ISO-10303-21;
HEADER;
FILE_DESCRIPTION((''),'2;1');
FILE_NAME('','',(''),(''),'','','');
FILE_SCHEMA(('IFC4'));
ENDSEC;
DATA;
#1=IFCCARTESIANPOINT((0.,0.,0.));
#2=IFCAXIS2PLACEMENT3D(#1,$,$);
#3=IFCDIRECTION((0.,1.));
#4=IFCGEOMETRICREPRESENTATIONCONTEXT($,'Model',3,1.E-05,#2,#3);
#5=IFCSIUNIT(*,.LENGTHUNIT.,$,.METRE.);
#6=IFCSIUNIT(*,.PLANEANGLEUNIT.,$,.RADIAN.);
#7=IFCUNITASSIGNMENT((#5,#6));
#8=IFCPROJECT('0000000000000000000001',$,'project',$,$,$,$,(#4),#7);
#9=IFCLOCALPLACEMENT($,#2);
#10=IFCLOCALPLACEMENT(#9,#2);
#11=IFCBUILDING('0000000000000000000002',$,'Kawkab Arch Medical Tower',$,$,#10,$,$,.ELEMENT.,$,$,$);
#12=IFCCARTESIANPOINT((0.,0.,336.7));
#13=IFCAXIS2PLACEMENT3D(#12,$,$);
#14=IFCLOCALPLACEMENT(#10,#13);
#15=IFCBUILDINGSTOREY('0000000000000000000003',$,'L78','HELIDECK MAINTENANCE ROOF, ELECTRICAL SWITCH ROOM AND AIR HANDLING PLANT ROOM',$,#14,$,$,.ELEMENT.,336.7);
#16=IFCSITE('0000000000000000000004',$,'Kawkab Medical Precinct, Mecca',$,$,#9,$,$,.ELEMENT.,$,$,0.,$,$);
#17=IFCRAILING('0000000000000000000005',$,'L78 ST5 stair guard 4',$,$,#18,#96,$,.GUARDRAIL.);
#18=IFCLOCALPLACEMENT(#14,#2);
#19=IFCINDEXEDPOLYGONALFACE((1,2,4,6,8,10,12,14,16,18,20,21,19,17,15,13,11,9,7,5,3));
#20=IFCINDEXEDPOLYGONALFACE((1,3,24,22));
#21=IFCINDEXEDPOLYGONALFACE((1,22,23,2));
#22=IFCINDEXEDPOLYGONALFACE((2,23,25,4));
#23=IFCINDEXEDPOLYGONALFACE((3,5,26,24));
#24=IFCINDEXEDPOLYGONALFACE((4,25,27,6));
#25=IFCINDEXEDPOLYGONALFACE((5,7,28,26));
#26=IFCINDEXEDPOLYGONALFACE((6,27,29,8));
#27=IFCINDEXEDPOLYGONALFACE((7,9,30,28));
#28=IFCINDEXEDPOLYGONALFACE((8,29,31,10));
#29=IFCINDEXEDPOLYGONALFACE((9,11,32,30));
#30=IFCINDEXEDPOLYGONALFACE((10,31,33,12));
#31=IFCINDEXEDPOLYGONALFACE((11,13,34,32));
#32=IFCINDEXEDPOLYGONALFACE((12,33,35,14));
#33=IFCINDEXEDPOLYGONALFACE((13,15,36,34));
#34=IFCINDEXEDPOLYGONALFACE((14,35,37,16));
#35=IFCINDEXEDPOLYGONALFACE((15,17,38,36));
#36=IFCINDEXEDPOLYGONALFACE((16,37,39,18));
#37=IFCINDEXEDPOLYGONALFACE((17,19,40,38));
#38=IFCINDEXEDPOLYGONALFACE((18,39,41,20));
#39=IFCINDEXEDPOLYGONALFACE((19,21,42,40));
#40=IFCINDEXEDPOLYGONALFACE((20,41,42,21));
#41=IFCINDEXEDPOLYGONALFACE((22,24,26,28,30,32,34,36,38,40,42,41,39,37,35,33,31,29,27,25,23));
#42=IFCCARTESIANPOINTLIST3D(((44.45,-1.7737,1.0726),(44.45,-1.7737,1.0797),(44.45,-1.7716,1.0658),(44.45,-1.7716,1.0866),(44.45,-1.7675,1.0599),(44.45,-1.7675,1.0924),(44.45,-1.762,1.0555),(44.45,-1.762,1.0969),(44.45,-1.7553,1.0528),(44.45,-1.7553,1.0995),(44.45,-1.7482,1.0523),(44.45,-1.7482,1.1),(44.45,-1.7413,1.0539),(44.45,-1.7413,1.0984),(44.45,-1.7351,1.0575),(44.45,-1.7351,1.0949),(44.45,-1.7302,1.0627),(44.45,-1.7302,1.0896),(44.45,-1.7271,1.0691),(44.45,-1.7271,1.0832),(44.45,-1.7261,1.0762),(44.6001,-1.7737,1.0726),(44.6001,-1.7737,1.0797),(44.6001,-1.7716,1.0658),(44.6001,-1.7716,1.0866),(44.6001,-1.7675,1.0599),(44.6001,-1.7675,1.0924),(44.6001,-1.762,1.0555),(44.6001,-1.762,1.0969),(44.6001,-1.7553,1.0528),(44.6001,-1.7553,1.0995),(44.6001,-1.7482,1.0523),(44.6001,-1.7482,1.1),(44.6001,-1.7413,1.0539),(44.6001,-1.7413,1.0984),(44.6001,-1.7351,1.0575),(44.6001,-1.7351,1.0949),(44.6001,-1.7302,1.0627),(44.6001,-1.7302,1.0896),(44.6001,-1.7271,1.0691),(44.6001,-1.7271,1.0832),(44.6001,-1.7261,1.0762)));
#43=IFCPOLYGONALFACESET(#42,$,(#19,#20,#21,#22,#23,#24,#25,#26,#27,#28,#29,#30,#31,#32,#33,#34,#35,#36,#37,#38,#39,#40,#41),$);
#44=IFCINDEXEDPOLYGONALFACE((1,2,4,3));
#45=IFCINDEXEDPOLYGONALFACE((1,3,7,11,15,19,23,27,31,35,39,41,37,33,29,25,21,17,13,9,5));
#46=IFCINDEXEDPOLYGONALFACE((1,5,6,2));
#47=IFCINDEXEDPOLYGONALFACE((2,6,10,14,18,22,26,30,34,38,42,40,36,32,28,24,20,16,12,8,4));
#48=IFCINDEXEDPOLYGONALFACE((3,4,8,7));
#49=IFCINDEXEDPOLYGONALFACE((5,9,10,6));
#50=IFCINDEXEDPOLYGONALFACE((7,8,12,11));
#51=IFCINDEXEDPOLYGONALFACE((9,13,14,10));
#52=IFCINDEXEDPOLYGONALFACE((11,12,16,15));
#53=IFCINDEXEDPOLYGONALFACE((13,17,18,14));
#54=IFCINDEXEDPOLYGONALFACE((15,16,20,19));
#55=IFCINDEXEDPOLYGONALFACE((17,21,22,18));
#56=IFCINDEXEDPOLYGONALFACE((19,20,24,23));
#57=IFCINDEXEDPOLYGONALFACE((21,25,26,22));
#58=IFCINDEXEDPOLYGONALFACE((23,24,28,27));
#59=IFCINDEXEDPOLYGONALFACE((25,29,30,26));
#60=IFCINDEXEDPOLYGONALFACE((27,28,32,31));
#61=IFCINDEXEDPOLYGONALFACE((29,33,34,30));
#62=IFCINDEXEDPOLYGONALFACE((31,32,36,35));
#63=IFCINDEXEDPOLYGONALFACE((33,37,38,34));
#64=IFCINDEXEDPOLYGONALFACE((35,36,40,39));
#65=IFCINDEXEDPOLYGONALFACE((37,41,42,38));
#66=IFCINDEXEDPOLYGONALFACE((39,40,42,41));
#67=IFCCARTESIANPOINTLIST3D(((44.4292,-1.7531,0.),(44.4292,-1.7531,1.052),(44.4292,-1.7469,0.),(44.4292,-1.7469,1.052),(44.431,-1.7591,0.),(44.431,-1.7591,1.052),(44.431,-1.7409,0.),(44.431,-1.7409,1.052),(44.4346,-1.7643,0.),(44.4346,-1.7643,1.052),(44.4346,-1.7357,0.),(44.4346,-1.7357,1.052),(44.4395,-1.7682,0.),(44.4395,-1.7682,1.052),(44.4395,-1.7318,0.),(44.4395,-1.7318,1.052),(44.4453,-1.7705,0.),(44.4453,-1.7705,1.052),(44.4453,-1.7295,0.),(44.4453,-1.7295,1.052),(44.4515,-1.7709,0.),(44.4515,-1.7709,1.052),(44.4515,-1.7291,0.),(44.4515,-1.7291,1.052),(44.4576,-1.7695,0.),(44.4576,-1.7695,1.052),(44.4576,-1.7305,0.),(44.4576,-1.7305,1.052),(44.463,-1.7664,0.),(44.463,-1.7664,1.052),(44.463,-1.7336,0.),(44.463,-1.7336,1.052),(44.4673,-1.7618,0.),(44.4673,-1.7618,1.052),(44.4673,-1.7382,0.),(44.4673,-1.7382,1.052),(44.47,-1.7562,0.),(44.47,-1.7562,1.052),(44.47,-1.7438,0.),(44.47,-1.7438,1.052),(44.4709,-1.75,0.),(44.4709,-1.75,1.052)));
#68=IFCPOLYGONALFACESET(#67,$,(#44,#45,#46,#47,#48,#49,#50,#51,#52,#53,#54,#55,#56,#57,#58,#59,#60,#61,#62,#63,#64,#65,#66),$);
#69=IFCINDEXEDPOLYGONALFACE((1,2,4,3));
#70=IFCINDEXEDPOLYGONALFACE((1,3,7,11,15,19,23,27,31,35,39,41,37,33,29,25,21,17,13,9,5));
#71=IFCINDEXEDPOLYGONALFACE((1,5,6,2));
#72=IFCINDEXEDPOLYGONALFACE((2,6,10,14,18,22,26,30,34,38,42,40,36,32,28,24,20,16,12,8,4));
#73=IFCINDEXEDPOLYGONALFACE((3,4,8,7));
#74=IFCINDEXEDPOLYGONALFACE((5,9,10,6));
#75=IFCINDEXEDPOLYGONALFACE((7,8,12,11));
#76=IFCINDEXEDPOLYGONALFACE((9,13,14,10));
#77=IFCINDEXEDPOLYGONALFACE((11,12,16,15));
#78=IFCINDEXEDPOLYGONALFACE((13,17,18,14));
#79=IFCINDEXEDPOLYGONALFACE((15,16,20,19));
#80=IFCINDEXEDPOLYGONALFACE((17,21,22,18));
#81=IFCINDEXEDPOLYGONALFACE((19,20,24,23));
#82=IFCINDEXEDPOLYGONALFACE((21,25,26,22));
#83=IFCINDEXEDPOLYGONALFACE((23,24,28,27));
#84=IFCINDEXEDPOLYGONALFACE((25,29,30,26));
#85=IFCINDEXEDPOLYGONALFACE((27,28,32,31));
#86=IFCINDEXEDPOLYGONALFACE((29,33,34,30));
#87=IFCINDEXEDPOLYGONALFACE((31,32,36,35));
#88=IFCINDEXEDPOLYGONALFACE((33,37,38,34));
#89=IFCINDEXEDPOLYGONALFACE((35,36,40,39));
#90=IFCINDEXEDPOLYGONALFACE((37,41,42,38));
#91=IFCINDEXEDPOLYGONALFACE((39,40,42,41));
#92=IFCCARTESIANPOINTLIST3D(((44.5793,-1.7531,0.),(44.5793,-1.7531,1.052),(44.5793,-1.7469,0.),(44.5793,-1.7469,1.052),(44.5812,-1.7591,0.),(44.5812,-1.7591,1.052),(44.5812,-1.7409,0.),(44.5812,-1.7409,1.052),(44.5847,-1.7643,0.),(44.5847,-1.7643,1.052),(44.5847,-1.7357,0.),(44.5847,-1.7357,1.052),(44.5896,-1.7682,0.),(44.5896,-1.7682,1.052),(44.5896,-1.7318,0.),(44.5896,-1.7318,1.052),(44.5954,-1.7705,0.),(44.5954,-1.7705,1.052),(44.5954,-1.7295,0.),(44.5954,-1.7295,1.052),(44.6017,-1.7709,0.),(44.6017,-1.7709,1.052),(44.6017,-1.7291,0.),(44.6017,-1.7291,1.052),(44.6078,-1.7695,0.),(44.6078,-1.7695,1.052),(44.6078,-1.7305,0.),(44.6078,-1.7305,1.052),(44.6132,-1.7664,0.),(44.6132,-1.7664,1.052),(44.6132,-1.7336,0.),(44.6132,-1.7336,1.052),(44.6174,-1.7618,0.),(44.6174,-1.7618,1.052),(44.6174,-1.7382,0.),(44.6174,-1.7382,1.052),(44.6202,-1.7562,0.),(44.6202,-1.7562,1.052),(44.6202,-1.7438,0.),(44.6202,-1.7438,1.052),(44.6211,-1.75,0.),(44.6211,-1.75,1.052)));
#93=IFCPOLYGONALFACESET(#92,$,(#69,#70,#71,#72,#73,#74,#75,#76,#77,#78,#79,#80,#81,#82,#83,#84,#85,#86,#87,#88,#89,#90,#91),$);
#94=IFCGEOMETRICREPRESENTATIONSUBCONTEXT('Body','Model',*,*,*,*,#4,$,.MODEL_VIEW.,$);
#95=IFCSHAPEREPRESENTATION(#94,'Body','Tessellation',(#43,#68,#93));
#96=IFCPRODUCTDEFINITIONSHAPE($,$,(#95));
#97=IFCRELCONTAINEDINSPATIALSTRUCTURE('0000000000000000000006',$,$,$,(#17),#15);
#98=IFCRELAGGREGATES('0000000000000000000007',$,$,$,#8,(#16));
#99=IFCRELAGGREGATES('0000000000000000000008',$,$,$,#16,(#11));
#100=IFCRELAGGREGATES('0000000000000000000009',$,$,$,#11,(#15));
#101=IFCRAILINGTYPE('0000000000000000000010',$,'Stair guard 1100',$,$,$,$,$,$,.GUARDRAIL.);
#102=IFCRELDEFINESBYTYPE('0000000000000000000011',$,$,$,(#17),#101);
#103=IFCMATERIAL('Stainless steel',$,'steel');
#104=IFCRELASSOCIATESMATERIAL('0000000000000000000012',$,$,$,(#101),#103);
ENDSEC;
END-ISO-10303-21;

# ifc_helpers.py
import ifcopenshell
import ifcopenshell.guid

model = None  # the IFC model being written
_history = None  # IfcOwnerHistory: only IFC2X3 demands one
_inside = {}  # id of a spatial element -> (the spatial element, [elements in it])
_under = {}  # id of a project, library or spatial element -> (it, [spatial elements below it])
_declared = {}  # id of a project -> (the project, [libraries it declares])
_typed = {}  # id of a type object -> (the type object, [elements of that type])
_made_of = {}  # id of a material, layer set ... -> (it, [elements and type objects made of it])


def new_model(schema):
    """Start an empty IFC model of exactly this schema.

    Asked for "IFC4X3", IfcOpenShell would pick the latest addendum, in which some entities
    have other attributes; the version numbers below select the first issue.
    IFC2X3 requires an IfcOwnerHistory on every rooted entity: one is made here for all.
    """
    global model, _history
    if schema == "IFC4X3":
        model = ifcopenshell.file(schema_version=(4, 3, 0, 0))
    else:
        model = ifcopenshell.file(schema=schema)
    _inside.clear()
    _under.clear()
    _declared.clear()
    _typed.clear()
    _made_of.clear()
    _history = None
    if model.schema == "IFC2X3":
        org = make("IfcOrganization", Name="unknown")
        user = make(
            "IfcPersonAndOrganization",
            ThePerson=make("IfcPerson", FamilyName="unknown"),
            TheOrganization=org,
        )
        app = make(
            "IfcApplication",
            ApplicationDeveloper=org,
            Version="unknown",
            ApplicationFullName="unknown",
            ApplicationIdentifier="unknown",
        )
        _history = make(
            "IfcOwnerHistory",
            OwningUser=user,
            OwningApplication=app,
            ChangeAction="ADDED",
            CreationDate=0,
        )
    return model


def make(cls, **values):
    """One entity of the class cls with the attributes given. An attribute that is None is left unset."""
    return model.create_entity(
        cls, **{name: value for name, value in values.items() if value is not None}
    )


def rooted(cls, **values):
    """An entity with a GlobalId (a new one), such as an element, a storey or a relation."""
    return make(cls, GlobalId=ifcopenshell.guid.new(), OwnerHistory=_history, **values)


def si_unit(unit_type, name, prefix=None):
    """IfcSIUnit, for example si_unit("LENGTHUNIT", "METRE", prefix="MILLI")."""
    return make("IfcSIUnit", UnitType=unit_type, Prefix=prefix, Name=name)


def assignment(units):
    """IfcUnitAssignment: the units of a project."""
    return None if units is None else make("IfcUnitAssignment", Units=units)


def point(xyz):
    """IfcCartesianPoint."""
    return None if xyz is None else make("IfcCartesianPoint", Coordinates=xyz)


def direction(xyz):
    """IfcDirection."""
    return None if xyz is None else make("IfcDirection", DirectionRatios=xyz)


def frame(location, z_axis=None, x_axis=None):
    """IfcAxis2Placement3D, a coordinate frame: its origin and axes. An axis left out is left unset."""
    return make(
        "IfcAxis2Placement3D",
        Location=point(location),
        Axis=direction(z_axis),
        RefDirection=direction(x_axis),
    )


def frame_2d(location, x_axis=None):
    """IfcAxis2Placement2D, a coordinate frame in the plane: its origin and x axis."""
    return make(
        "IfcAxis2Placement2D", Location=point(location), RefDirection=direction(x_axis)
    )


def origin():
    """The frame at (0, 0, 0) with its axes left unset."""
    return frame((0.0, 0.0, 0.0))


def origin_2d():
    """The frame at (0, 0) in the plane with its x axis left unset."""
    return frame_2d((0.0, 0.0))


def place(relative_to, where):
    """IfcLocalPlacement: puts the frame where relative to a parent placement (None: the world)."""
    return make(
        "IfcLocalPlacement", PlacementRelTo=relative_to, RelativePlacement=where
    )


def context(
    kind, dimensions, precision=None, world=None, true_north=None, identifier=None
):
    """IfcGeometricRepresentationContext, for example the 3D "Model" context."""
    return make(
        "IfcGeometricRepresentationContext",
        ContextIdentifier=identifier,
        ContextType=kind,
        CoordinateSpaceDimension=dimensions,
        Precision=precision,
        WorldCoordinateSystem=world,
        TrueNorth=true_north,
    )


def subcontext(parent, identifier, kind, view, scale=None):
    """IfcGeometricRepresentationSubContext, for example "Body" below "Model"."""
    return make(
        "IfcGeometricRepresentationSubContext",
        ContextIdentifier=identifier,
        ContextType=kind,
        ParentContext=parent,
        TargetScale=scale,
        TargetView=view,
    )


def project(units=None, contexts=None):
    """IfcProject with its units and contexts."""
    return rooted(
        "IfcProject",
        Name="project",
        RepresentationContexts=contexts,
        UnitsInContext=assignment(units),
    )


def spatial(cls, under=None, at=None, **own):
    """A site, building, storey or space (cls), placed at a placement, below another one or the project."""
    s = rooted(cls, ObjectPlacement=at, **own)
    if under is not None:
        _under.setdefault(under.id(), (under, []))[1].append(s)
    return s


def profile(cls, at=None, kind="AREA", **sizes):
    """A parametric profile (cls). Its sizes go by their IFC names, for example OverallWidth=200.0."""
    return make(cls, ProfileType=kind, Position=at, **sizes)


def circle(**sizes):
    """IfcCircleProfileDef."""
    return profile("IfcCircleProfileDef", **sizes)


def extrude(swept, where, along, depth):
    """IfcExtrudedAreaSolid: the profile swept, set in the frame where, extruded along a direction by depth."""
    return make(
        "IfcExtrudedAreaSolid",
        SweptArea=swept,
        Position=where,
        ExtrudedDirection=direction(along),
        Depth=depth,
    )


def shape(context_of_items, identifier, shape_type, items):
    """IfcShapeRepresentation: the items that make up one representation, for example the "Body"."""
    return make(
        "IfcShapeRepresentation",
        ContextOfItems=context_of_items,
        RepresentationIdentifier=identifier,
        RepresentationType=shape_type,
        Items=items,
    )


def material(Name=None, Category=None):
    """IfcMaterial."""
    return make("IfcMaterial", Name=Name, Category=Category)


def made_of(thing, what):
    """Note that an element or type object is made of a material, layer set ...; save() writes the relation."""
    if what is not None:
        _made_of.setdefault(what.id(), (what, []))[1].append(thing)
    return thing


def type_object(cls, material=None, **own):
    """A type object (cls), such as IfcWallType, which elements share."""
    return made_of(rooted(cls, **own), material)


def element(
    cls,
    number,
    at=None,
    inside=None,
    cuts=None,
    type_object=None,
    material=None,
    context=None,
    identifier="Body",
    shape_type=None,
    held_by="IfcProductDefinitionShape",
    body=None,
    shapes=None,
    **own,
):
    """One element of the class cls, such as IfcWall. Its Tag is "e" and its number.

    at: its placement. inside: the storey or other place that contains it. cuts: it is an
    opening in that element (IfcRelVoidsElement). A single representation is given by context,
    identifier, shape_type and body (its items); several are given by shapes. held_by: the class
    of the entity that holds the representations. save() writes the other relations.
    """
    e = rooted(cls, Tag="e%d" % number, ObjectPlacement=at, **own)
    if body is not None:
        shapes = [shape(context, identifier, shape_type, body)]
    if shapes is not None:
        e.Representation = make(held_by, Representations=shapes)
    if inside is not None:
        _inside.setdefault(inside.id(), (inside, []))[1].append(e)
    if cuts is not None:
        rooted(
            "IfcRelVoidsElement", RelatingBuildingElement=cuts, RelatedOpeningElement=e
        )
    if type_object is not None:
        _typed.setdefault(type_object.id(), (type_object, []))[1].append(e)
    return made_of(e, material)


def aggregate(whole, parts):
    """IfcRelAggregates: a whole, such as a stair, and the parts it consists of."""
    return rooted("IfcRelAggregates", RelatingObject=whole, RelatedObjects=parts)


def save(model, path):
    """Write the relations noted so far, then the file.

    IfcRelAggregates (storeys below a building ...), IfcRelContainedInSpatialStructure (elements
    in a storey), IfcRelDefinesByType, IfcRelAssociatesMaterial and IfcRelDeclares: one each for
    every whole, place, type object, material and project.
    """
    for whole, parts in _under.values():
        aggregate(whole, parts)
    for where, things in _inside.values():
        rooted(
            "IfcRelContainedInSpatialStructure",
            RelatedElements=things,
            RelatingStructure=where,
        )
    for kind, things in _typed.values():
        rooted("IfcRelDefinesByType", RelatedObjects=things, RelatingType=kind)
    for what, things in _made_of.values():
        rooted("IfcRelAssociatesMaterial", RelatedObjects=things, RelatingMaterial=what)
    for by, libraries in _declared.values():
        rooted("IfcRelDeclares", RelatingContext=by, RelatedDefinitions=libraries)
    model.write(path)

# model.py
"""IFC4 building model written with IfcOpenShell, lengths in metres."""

from ifc_helpers import new_model, si_unit, direction, frame, origin, origin_2d, place, context, subcontext, project, spatial, circle, extrude, material, type_object, element, save


model = new_model("IFC4")

# Units and contexts
model_context = context("Model", 3, precision=1e-05, world=origin(), true_north=direction((0.0, 1.0)))
body_context = subcontext(model_context, "Body", "Model", "MODEL_VIEW")
ifc_project = project(units=[si_unit("LENGTHUNIT", "METRE"), si_unit("PLANEANGLEUNIT", "RADIAN")], contexts=[model_context])

# Site, building, storey
site_placement = place(None, origin())
site = spatial("IfcSite", under=ifc_project, at=site_placement, Name="Kawkab Medical Precinct, Mecca", CompositionType="ELEMENT", RefElevation=0.0)
building_placement = place(site_placement, origin())
building = spatial("IfcBuilding", under=site, at=building_placement, Name="Kawkab Arch Medical Tower", CompositionType="ELEMENT")
storey_placement = place(building_placement, frame((0.0, 0.0, 336.7)))
storey = spatial("IfcBuildingStorey", under=building, at=storey_placement, Name="L78", Description="HELIDECK MAINTENANCE ROOF, ELECTRICAL SWITCH ROOM AND AIR HANDLING PLANT ROOM", CompositionType="ELEMENT", Elevation=336.7)

# Railing
ifc_material_1 = material(Name="Stainless steel", Category="steel")
railing_type = type_object("IfcRailingType", Name="Stair guard 1100", PredefinedType="GUARDRAIL", material=ifc_material_1)
railing_1_placement = place(storey_placement, frame((44.45, -1.75, 0.0)))
element("IfcRailing", 1, at=railing_1_placement, inside=storey, type_object=railing_type, Name="L78 ST5 stair guard 4", PredefinedType="GUARDRAIL", context=body_context, shape_type="SweptSolid", body=[
    extrude(circle(Radius=0.0239, at=origin_2d()), frame((0.0, 0.0, 1.0762), z_axis=(1.0, 0.0, 0.0), x_axis=(0.0, 1.0, 0.0)), (0.0, 0.0, 1.0), 0.1501),
    extrude(circle(Radius=0.021, at=origin_2d()), origin(), (0.0, 0.0, 1.0), 1.052),
    extrude(circle(Radius=0.021, at=origin_2d()), frame((0.1501, 0.0, 0.0)), (0.0, 0.0, 1.0), 1.052),
])

save(model, "model.ifc")
